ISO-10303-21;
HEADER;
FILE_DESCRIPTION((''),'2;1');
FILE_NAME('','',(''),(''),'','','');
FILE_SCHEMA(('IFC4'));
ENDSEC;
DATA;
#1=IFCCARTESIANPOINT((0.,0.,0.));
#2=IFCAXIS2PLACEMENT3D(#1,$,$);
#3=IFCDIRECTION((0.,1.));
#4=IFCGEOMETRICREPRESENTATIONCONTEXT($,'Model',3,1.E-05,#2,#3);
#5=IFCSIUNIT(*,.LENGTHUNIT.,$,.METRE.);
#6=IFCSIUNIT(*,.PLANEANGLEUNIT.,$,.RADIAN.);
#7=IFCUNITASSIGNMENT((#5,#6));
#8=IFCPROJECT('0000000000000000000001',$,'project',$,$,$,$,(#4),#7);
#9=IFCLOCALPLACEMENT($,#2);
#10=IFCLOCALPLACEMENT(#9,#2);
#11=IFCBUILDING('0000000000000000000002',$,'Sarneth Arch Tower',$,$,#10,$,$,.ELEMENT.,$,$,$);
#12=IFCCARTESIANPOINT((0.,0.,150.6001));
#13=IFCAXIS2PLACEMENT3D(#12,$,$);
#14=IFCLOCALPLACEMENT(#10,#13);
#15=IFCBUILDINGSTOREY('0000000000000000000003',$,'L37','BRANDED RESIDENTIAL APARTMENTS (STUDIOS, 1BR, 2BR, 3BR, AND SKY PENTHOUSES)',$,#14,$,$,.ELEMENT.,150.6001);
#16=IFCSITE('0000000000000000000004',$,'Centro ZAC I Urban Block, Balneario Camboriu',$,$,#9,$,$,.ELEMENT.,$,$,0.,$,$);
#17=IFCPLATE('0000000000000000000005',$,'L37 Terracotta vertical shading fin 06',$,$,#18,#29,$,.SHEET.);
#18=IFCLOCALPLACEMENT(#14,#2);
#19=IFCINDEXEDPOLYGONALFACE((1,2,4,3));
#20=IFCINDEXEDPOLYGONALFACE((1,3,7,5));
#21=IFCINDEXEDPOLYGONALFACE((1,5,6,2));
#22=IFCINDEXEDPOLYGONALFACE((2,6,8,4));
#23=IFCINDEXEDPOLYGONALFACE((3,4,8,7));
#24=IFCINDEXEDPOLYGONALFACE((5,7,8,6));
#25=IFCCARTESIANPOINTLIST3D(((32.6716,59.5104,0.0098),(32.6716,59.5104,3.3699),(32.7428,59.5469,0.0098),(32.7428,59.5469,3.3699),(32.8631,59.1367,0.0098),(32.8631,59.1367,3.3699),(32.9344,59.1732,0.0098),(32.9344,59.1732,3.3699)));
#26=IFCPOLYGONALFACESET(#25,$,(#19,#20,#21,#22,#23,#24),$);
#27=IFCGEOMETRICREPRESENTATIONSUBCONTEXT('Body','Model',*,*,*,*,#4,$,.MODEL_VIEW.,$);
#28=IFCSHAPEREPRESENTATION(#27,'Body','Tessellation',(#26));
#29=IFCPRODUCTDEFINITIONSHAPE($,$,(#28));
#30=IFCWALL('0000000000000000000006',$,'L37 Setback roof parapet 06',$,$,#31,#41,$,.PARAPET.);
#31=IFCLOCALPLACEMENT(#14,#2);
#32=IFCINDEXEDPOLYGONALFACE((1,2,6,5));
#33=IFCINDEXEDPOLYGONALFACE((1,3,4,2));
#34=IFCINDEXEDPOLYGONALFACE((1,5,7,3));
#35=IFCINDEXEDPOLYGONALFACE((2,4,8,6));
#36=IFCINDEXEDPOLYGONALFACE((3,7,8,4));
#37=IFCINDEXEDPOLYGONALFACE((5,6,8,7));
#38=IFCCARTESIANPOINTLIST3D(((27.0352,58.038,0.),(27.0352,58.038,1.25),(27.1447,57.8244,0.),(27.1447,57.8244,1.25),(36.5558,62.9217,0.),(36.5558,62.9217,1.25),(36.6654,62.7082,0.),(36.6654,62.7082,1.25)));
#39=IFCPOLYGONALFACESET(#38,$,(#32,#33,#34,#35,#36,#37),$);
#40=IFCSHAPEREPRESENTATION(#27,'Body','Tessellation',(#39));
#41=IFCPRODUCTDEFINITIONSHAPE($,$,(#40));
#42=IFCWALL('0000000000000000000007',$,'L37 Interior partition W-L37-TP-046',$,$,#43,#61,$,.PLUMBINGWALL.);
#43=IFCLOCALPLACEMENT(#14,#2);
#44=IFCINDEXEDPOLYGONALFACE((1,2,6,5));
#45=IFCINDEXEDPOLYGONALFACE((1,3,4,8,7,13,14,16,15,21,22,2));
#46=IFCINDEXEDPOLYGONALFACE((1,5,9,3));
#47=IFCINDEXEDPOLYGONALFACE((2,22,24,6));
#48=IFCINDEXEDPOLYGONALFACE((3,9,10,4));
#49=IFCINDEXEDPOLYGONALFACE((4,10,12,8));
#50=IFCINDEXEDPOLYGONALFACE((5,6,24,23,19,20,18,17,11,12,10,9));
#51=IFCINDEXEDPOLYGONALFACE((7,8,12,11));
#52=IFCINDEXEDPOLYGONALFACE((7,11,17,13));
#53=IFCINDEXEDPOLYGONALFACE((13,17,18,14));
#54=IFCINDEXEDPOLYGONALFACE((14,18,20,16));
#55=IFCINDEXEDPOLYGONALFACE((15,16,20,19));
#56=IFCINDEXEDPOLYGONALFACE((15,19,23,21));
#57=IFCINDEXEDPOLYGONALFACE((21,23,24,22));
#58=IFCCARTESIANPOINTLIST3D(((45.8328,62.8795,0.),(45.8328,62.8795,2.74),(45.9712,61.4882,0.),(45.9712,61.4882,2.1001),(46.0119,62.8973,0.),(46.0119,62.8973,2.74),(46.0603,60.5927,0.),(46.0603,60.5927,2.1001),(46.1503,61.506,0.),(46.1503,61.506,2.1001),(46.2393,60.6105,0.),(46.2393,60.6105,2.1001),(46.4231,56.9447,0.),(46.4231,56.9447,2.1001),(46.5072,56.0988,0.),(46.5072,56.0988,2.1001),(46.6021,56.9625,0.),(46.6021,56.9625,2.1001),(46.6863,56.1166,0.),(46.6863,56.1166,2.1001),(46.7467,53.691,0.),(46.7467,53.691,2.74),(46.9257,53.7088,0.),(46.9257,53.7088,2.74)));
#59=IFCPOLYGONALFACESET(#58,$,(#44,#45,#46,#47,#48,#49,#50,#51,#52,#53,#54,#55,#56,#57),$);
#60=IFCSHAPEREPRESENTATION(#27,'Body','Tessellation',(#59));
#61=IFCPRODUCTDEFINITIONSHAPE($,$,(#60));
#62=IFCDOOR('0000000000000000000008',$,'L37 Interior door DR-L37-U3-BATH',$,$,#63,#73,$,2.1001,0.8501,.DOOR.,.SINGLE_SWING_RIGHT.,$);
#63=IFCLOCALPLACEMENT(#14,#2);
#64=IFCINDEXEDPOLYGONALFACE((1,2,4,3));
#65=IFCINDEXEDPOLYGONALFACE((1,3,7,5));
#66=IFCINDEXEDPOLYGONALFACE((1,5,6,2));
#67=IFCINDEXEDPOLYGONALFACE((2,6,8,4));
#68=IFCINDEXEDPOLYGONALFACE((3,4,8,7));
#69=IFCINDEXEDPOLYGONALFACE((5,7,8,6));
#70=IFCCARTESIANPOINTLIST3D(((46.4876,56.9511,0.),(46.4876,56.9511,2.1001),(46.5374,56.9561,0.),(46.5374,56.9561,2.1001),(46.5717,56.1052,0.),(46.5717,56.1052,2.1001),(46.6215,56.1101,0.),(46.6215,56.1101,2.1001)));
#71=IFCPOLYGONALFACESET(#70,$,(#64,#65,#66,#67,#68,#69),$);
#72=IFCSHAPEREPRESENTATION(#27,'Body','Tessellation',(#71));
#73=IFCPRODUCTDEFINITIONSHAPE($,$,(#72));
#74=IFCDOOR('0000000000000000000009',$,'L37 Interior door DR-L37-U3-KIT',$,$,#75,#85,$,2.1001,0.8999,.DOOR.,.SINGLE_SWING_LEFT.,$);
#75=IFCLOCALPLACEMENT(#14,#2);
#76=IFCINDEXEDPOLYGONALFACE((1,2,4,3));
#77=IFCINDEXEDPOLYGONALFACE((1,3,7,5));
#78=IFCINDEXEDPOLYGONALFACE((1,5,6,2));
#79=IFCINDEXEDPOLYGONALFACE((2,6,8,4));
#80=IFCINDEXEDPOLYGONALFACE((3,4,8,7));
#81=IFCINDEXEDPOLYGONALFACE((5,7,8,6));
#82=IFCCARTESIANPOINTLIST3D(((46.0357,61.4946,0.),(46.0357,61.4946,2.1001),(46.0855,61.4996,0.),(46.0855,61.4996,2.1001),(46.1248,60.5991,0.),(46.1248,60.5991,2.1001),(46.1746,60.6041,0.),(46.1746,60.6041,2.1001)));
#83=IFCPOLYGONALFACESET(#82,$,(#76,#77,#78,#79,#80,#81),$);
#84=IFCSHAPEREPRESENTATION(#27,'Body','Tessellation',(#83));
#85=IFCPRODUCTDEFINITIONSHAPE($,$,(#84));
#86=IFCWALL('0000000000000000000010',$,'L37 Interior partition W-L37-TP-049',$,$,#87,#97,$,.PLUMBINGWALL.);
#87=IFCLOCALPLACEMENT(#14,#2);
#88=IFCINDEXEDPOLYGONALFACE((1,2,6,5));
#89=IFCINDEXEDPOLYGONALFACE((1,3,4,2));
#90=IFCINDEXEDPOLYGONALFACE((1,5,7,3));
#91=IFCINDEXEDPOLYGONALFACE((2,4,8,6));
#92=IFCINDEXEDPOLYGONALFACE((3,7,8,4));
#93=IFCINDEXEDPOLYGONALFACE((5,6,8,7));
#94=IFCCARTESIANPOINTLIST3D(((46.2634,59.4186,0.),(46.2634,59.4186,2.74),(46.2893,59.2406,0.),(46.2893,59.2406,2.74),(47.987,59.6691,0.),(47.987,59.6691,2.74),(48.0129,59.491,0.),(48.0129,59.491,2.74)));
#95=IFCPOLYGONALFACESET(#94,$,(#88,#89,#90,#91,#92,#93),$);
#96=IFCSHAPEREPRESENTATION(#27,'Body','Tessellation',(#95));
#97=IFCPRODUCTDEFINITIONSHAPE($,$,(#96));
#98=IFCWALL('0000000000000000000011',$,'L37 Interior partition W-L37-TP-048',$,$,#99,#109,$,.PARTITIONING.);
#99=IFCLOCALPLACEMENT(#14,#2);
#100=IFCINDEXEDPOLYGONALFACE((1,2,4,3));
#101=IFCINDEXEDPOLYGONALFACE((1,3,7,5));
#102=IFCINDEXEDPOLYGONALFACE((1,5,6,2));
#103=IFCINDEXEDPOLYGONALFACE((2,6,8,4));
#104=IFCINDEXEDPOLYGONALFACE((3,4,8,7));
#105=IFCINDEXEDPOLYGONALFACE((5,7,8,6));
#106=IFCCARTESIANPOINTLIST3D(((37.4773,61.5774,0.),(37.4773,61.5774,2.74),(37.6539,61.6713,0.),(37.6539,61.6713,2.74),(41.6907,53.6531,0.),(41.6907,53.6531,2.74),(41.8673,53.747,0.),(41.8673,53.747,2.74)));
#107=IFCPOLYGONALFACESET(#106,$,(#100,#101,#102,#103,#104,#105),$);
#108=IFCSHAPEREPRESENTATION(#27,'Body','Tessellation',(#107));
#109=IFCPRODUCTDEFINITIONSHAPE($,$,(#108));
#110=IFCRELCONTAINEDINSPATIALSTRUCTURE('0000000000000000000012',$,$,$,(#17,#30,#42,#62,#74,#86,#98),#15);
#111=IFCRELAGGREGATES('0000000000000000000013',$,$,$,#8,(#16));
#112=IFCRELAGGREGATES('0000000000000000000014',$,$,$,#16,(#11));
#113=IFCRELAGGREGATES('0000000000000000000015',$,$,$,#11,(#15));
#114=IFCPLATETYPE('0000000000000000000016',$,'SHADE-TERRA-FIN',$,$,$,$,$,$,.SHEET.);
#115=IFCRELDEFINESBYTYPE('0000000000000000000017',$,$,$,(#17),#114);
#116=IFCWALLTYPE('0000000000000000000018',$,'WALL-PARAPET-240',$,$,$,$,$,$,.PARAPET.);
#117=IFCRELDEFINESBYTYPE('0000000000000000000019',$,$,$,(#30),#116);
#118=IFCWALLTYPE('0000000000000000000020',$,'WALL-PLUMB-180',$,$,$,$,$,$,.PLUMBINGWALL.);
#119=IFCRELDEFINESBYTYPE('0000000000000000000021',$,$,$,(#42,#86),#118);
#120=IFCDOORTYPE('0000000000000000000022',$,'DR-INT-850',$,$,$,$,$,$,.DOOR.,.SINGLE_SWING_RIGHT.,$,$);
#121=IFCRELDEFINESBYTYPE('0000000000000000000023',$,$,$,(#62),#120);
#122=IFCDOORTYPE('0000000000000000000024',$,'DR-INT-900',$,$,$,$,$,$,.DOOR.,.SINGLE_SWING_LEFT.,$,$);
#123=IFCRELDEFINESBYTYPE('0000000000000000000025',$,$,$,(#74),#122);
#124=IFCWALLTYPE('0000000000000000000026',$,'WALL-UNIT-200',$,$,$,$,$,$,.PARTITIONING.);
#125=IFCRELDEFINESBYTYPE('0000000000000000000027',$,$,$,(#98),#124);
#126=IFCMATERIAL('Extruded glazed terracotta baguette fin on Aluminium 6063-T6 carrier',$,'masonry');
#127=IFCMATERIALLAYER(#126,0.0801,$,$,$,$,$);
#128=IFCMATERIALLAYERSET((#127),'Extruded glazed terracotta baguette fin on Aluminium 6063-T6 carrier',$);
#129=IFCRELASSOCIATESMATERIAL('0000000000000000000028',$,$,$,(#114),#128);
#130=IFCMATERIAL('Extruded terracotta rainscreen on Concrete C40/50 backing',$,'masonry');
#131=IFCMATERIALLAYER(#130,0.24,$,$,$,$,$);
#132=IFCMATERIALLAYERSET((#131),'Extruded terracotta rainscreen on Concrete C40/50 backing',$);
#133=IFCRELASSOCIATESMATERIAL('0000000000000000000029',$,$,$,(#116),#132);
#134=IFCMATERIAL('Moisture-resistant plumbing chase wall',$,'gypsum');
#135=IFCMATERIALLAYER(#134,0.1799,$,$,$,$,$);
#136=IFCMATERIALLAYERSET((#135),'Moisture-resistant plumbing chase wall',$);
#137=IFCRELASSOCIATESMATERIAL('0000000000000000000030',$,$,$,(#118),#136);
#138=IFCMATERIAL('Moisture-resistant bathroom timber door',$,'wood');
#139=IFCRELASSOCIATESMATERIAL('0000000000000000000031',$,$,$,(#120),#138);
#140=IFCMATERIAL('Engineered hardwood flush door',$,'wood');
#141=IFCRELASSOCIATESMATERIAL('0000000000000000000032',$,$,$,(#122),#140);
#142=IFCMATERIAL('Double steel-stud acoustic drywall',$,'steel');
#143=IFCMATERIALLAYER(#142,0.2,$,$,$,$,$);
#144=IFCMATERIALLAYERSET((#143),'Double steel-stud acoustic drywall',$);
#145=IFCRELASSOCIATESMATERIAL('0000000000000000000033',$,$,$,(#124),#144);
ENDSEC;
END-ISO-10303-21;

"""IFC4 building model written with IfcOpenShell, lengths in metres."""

from ifc_helpers import new_model, si_unit, direction, frame, frame_2d, origin, origin_2d, place, context, subcontext, project, spatial, rectangle, extrude, material, layer, layer_set, type_object, element, fill, save


model = new_model("IFC4")

# Units and contexts
model_context = context("Model", 3, precision=1e-05, world=origin(), true_north=direction((0.0, 1.0)))
body_context = subcontext(model_context, "Body", "Model", "MODEL_VIEW")
ifc_project = project(units=[si_unit("LENGTHUNIT", "METRE"), si_unit("PLANEANGLEUNIT", "RADIAN")], contexts=[model_context])

# Site, building, storey
site_placement = place(None, origin())
site = spatial("IfcSite", under=ifc_project, at=site_placement, Name="Centro ZAC I Urban Block, Balneario Camboriu", CompositionType="ELEMENT", RefElevation=0.0)
building_placement = place(site_placement, origin())
building = spatial("IfcBuilding", under=site, at=building_placement, Name="Sarneth Arch Tower", CompositionType="ELEMENT")
storey_placement = place(building_placement, frame((0.0, 0.0, 150.6001)))
storey = spatial("IfcBuildingStorey", under=building, at=storey_placement, Name="L37", Description="BRANDED RESIDENTIAL APARTMENTS (STUDIOS, 1BR, 2BR, 3BR, AND SKY PENTHOUSES)", CompositionType="ELEMENT", Elevation=150.6001)

# Plate
ifc_material_1 = material(Name="Extruded glazed terracotta baguette fin on Aluminium 6063-T6 carrier", Category="masonry")
ifc_layer_1 = layer(ifc_material_1, 0.0801)
ifc_layer_set_1 = layer_set([ifc_layer_1], Name="Extruded glazed terracotta baguette fin on Aluminium 6063-T6 carrier")
plate_type_1 = type_object("IfcPlateType", Name="SHADE-TERRA-FIN", PredefinedType="SHEET", material=ifc_layer_set_1)
plate_1_placement = place(storey_placement, frame((32.803, 59.3418, 0.0098), z_axis=(0.0, 0.0, 1.0), x_axis=(-0.456166, 0.889895, 0.0)))
element("IfcPlate", 1, at=plate_1_placement, inside=storey, type_object=plate_type_1, Name="L37 Terracotta vertical shading fin 06", PredefinedType="SHEET", context=body_context, shape_type="SweptSolid", body=[
    extrude(rectangle(XDim=0.4199, YDim=0.0801, at=origin_2d()), origin(), (0.0, 0.0, 1.0), 3.3601),
])

# Wall
ifc_material_2 = material(Name="Extruded terracotta rainscreen on Concrete C40/50 backing", Category="masonry")
ifc_layer_2 = layer(ifc_material_2, 0.24)
ifc_layer_set_2 = layer_set([ifc_layer_2], Name="Extruded terracotta rainscreen on Concrete C40/50 backing")
wall_type_1 = type_object("IfcWallType", Name="WALL-PARAPET-240", PredefinedType="PARAPET", material=ifc_layer_set_2)
wall_1_placement = place(storey_placement, frame((36.6106, 62.8149, 0.0), z_axis=(0.0, 0.0, 1.0), x_axis=(-0.889766, -0.456417, 0.0)))
element("IfcWall", 2, at=wall_1_placement, inside=storey, type_object=wall_type_1, Name="L37 Setback roof parapet 06", PredefinedType="PARAPET", context=body_context, shape_type="SweptSolid", body=[
    extrude(rectangle(XDim=10.7002, YDim=0.24, at=frame_2d((5.3501, 0.0))), origin(), (0.0, 0.0, 1.0), 1.25),
])

# Wall, openings, doors
ifc_material_3 = material(Name="Moisture-resistant plumbing chase wall", Category="gypsum")
ifc_layer_3 = layer(ifc_material_3, 0.1799)
ifc_layer_set_3 = layer_set([ifc_layer_3], Name="Moisture-resistant plumbing chase wall")
wall_type_2 = type_object("IfcWallType", Name="WALL-PLUMB-180", PredefinedType="PLUMBINGWALL", material=ifc_layer_set_3)
wall_2_placement = place(storey_placement, frame((45.9224, 62.8884, 0.0), z_axis=(0.0, 0.0, 1.0), x_axis=(0.098964, -0.995091, 0.0)))
wall_2 = element("IfcWall", 3, at=wall_2_placement, inside=storey, type_object=wall_type_2, Name="L37 Interior partition W-L37-TP-046", PredefinedType="PLUMBINGWALL", context=body_context, shape_type="SweptSolid", body=[
    extrude(rectangle(XDim=9.2339, YDim=0.1799, at=frame_2d((4.6169, 0.0))), origin(), (0.0, 0.0, 1.0), 2.74),
])
opening_1_placement = place(wall_2_placement, frame((5.9641, 0.0, 0.0)))
opening_1 = element("IfcOpeningElement", 4, at=opening_1_placement, cuts=wall_2, PredefinedType="OPENING", context=body_context, shape_type="SweptSolid", body=[
    extrude(rectangle(XDim=0.8501, YDim=2.1001, at=frame_2d((0.425, 1.05))), frame((0.0, 0.0999, 0.0), z_axis=(0.0, -1.0, 0.0), x_axis=(1.0, 0.0, 0.0)), (0.0, 0.0, 1.0), 0.2),
])
opening_2_placement = place(wall_2_placement, frame((1.3982, 0.0, 0.0)))
opening_2 = element("IfcOpeningElement", 5, at=opening_2_placement, cuts=wall_2, PredefinedType="OPENING", context=body_context, shape_type="SweptSolid", body=[
    extrude(rectangle(XDim=0.8999, YDim=2.1001, at=frame_2d((0.45, 1.05))), frame((0.0, 0.0999, 0.0), z_axis=(0.0, -1.0, 0.0), x_axis=(1.0, 0.0, 0.0)), (0.0, 0.0, 1.0), 0.2),
])
ifc_material_4 = material(Name="Moisture-resistant bathroom timber door", Category="wood")
door_type_1 = type_object("IfcDoorType", Name="DR-INT-850", OperationType="SINGLE_SWING_RIGHT", PredefinedType="DOOR", material=ifc_material_4)
door_1_placement = place(opening_1_placement, origin())
door_1 = element("IfcDoor", 6, at=door_1_placement, inside=storey, type_object=door_type_1, Name="L37 Interior door DR-L37-U3-BATH", OperationType="SINGLE_SWING_RIGHT", OverallHeight=2.1001, OverallWidth=0.8501, PredefinedType="DOOR", context=body_context, shape_type="SweptSolid", body=[
    extrude(rectangle(XDim=0.8501, YDim=2.1001, at=frame_2d((0.425, 1.05))), frame((0.0, 0.0249, 0.0), z_axis=(0.0, -1.0, 0.0), x_axis=(1.0, 0.0, 0.0)), (0.0, 0.0, 1.0), 0.05),
])
fill(opening_1, door_1)
ifc_material_5 = material(Name="Engineered hardwood flush door", Category="wood")
door_type_2 = type_object("IfcDoorType", Name="DR-INT-900", OperationType="SINGLE_SWING_LEFT", PredefinedType="DOOR", material=ifc_material_5)
door_2_placement = place(opening_2_placement, origin())
door_2 = element("IfcDoor", 7, at=door_2_placement, inside=storey, type_object=door_type_2, Name="L37 Interior door DR-L37-U3-KIT", OperationType="SINGLE_SWING_LEFT", OverallHeight=2.1001, OverallWidth=0.8999, PredefinedType="DOOR", context=body_context, shape_type="SweptSolid", body=[
    extrude(rectangle(XDim=0.8999, YDim=2.1001, at=frame_2d((0.45, 1.05))), frame((0.0, 0.0249, 0.0), z_axis=(0.0, -1.0, 0.0), x_axis=(1.0, 0.0, 0.0)), (0.0, 0.0, 1.0), 0.05),
])
fill(opening_2, door_2)

# Walls
wall_3_placement = place(storey_placement, frame((46.2764, 59.3296, 0.0), z_axis=(0.0, 0.0, 1.0), x_axis=(0.989605, 0.143815, 0.0)))
element("IfcWall", 8, at=wall_3_placement, inside=storey, type_object=wall_type_2, Name="L37 Interior partition W-L37-TP-049", PredefinedType="PLUMBINGWALL", context=body_context, shape_type="SweptSolid", body=[
    extrude(rectangle(XDim=1.7417, YDim=0.1799, at=frame_2d((0.8708, 0.0))), origin(), (0.0, 0.0, 1.0), 2.74),
])
ifc_material_6 = material(Name="Double steel-stud acoustic drywall", Category="steel")
ifc_layer_4 = layer(ifc_material_6, 0.2)
ifc_layer_set_4 = layer_set([ifc_layer_4], Name="Double steel-stud acoustic drywall")
wall_type_3 = type_object("IfcWallType", Name="WALL-UNIT-200", PredefinedType="PARTITIONING", material=ifc_layer_set_4)
wall_4_placement = place(storey_placement, frame((37.5657, 61.6243, 0.0), z_axis=(0.0, 0.0, 1.0), x_axis=(0.469467, -0.88295, 0.0)))
element("IfcWall", 9, at=wall_4_placement, inside=storey, type_object=wall_type_3, Name="L37 Interior partition W-L37-TP-048", PredefinedType="PARTITIONING", context=body_context, shape_type="SweptSolid", body=[
    extrude(rectangle(XDim=8.9749, YDim=0.2, at=frame_2d((4.4873, 0.0))), origin(), (0.0, 0.0, 1.0), 2.74),
])

save(model, "model.ifc")
